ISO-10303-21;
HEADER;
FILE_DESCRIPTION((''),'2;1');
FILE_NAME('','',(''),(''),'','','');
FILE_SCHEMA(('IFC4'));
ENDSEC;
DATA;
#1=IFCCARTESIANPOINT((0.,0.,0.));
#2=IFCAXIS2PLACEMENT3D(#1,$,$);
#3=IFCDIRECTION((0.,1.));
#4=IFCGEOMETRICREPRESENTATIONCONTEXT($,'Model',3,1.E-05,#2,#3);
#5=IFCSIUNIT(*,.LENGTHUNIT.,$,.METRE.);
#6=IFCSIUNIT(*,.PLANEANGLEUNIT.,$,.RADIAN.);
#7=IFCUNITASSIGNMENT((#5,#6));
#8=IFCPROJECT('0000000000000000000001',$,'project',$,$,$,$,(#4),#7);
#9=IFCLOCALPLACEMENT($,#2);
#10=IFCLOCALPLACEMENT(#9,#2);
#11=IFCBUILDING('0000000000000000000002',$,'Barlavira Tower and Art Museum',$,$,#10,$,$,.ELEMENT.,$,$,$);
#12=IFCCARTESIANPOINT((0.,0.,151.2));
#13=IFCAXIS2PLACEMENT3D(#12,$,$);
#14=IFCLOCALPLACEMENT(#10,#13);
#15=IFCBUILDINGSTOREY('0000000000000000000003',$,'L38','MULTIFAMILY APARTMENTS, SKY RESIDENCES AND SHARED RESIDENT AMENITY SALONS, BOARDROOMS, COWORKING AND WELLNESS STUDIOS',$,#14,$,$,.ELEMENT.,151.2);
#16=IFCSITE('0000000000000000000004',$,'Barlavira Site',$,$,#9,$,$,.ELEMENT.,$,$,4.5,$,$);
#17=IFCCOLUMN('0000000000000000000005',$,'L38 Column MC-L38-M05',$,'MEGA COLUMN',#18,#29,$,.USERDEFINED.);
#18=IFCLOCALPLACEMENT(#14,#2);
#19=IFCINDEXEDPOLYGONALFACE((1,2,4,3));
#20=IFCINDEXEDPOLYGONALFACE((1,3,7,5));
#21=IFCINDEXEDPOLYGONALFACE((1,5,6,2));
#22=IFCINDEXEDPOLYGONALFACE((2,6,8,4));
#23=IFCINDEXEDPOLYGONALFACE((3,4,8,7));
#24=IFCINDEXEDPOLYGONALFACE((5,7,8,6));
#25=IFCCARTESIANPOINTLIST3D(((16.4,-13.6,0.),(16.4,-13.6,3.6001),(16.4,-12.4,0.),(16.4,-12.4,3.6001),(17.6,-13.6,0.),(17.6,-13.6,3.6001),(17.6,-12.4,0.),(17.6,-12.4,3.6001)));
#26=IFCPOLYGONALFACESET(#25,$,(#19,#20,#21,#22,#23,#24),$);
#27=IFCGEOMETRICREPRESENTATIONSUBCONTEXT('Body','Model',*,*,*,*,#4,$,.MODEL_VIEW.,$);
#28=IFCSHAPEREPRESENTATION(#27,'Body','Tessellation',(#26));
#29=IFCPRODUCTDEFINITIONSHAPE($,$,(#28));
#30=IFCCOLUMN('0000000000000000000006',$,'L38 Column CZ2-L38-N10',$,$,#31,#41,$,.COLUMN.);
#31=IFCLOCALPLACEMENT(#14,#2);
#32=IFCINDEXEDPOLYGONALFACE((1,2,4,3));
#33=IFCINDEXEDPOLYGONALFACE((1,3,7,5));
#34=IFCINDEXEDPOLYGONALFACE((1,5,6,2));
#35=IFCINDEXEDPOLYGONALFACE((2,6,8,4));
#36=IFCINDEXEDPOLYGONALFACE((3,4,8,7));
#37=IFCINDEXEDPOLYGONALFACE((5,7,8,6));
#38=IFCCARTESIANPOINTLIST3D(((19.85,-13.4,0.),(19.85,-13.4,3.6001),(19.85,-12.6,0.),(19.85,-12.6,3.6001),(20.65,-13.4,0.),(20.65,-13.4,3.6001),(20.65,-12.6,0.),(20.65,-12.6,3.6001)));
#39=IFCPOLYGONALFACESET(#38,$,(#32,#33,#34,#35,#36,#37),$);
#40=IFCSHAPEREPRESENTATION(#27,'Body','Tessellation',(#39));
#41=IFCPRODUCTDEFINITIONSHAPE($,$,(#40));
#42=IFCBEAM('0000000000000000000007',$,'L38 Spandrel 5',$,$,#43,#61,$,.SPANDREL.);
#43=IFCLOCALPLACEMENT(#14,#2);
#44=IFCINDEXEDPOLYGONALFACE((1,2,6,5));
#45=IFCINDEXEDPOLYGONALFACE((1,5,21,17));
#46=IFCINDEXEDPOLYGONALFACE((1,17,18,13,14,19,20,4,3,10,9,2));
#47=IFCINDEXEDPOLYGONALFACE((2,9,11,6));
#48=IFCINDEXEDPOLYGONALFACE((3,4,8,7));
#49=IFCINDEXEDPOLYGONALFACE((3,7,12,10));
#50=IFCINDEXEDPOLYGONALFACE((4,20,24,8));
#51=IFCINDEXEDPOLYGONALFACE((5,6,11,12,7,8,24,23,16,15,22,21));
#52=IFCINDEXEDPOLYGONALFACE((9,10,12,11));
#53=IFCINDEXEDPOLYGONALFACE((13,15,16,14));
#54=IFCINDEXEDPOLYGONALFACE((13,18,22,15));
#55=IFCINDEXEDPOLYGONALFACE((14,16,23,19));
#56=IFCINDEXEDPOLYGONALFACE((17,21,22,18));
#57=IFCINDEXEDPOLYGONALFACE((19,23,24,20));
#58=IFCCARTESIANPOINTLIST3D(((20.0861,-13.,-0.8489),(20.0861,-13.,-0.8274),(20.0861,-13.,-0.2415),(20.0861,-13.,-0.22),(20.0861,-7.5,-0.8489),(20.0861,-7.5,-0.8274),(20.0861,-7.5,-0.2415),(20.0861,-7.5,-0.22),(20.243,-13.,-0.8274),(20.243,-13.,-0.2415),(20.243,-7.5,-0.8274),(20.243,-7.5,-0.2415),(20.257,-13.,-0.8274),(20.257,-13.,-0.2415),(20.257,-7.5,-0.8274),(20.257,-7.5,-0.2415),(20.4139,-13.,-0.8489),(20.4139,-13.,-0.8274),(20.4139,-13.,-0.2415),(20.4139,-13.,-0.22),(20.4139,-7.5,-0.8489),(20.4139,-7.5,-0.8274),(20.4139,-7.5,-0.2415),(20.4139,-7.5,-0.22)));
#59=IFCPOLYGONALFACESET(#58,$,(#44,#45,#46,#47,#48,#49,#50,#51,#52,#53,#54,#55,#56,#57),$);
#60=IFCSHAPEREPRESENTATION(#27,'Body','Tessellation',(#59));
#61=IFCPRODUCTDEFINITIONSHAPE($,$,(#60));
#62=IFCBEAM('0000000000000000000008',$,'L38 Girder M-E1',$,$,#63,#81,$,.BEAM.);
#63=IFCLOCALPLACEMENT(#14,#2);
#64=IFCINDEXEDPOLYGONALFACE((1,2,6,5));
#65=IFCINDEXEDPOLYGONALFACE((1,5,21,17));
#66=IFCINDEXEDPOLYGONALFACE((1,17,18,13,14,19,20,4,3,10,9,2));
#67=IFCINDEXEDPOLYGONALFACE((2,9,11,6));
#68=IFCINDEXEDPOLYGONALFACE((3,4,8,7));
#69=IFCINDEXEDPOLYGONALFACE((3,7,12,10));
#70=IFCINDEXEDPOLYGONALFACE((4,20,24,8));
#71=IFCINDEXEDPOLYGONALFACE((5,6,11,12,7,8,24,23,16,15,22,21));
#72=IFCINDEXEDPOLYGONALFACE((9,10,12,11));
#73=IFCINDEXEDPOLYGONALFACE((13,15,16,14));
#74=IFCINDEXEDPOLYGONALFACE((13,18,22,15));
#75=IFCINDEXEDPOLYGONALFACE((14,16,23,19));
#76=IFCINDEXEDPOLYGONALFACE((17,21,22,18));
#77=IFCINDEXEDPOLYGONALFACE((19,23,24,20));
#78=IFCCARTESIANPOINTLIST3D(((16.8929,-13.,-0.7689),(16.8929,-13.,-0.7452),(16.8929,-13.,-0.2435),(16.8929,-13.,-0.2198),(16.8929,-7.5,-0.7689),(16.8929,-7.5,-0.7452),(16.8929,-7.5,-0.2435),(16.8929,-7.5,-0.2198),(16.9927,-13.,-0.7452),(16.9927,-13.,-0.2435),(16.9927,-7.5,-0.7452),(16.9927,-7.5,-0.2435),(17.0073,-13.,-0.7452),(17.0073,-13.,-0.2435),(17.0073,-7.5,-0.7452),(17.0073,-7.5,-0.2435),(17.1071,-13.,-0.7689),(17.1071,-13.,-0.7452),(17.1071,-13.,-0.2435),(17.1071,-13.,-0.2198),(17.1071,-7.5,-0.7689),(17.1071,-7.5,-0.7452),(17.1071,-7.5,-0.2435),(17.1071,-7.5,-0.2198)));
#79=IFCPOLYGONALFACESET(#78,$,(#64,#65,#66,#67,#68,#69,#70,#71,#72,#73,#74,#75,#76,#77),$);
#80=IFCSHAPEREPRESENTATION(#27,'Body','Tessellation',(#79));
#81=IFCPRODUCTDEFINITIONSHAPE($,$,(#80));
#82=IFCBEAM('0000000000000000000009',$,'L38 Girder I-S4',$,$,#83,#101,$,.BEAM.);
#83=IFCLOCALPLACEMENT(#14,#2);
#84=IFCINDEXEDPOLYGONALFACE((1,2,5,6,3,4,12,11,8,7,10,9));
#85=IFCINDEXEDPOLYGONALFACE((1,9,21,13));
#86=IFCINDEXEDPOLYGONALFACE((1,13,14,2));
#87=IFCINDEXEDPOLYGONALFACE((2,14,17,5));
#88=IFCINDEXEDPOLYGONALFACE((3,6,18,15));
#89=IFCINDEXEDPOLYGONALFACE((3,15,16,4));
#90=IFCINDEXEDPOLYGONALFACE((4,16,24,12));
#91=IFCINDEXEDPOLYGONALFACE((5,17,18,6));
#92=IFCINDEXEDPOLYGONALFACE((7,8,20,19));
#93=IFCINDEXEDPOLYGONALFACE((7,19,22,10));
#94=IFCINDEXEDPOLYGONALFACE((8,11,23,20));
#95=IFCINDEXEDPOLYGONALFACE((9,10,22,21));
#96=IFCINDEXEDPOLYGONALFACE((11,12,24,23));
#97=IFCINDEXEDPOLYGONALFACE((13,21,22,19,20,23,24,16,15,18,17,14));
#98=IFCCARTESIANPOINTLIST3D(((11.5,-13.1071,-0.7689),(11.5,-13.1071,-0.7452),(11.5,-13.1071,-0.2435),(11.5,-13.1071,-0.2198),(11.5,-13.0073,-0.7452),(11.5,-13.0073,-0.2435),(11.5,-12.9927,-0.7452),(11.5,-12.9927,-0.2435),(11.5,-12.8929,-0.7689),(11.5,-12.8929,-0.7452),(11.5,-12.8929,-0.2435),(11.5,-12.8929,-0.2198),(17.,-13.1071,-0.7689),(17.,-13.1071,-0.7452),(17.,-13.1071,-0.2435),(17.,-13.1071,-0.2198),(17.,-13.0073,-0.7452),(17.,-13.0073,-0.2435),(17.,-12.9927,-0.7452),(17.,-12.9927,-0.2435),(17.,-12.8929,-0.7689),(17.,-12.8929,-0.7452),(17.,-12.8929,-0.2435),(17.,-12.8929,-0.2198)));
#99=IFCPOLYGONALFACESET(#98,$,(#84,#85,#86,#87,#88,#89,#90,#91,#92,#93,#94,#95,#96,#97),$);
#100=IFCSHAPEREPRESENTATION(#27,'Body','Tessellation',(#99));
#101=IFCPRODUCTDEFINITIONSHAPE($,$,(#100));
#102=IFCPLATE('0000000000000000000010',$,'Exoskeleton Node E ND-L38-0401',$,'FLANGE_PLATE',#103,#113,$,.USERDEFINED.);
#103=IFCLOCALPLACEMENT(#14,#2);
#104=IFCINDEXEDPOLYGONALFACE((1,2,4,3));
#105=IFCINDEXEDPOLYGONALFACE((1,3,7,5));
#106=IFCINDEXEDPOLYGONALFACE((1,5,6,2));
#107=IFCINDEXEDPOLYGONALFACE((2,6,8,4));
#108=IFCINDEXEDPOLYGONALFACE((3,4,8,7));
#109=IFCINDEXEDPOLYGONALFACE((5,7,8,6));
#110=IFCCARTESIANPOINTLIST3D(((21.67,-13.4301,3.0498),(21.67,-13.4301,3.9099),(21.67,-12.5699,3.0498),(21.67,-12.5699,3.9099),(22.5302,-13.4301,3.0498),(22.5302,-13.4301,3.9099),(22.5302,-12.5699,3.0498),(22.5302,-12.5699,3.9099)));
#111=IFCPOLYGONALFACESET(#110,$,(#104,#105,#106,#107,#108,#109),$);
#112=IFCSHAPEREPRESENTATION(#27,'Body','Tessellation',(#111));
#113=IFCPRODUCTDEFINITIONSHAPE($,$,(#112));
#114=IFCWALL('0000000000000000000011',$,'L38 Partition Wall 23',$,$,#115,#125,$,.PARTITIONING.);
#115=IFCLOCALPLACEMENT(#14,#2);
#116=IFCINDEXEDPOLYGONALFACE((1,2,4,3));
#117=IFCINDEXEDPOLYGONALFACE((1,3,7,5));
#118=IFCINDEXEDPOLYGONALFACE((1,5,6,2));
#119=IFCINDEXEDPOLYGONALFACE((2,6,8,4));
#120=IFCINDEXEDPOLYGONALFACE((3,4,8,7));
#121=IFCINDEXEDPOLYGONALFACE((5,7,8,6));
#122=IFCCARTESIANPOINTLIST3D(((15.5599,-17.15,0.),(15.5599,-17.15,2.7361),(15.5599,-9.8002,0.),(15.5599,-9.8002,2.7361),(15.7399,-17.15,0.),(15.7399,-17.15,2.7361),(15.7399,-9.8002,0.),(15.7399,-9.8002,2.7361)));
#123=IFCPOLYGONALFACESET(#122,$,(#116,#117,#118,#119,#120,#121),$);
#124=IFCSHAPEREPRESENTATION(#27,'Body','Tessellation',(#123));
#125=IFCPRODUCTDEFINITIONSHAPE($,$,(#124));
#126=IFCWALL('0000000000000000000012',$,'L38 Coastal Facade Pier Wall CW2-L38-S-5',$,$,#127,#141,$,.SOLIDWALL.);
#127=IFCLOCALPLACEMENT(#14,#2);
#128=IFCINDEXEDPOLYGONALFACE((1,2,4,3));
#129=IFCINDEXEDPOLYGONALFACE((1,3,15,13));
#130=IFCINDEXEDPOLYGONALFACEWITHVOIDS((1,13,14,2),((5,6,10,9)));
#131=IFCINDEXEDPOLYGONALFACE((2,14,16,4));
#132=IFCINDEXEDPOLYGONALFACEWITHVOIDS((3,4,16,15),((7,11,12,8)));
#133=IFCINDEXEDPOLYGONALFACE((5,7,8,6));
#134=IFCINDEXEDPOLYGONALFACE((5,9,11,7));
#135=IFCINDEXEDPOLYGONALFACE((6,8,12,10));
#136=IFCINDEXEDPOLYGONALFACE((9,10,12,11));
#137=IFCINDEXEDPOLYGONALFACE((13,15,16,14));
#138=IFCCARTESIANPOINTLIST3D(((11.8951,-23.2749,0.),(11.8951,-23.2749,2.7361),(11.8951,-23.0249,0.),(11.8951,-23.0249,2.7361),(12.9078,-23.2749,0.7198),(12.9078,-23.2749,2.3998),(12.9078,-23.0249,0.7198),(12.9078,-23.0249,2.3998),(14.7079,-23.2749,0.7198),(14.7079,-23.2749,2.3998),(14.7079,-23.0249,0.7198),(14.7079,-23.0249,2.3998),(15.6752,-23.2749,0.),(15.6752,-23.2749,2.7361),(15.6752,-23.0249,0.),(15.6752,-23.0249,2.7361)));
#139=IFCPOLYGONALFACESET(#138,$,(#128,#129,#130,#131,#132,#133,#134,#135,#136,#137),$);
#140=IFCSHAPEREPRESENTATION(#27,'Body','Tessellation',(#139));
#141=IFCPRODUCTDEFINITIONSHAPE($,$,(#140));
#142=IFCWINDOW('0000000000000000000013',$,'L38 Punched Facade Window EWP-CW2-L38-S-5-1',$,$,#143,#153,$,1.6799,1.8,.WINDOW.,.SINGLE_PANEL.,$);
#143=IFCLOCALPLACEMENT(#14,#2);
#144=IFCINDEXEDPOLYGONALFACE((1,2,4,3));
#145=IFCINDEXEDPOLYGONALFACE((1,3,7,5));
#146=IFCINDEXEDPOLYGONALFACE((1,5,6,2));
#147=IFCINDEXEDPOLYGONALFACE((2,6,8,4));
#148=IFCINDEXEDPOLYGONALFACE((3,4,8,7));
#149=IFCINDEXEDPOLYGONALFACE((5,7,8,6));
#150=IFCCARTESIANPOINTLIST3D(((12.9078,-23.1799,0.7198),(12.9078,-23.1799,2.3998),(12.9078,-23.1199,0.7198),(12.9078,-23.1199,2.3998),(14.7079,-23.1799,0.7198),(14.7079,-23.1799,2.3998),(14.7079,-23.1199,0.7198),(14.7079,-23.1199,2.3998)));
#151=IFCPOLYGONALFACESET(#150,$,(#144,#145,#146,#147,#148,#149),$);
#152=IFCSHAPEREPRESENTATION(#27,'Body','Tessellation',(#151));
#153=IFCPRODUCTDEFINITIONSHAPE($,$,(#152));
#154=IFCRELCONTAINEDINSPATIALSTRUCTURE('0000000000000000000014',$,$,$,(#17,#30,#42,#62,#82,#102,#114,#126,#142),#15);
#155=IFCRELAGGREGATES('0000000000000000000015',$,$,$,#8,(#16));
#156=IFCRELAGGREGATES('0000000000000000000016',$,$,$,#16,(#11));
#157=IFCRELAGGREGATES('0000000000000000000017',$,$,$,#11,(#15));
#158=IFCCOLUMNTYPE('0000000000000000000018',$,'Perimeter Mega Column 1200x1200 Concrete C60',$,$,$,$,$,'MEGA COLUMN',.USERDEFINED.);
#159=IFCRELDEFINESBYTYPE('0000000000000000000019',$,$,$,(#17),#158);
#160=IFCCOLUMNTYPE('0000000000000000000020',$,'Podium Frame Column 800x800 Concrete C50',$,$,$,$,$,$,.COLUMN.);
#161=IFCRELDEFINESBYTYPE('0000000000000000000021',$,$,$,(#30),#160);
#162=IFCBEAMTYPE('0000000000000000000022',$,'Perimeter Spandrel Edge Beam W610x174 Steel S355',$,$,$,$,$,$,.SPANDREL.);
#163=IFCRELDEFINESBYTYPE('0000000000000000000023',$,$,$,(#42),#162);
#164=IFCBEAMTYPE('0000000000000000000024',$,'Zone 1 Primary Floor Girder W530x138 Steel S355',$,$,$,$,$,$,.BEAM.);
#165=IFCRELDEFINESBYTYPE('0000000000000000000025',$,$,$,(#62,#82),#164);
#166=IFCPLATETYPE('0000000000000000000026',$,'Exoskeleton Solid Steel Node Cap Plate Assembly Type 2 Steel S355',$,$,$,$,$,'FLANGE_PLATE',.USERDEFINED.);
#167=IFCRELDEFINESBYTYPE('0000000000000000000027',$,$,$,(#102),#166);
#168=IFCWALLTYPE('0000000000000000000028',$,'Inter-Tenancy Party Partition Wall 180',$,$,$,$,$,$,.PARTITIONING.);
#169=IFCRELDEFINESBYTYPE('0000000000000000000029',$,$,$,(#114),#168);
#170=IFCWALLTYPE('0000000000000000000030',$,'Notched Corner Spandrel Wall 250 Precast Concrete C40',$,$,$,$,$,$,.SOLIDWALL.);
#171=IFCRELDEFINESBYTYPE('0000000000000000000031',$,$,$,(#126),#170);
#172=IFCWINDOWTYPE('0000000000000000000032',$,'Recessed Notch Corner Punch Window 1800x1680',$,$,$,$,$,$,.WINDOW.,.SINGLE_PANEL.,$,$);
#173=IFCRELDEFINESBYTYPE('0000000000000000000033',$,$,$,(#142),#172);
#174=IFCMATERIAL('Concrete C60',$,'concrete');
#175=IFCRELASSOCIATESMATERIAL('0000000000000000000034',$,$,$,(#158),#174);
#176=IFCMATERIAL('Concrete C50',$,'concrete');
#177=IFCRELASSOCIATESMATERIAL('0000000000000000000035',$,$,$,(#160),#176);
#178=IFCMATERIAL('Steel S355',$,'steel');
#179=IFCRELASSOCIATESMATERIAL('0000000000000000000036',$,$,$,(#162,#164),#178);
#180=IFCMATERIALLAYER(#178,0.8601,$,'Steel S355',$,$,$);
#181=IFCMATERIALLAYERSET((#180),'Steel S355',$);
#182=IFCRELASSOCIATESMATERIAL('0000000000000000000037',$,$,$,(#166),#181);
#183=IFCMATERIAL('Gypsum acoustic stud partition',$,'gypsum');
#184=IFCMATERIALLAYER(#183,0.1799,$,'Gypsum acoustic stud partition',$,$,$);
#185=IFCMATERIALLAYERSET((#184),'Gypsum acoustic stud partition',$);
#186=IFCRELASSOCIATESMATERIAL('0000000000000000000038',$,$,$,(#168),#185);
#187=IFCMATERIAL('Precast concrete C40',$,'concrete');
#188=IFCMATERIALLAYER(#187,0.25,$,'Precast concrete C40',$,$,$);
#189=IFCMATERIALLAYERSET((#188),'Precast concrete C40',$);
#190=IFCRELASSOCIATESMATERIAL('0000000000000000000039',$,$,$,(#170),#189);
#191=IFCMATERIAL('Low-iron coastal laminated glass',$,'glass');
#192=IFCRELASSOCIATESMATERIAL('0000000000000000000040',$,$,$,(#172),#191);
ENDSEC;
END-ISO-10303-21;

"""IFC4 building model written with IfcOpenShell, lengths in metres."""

from ifc_helpers import new_model, si_unit, direction, frame, frame_2d, origin, origin_2d, place, context, subcontext, project, spatial, rectangle, i_section, extrude, material, layer, layer_set, material_profile, profile_set, type_object, element, fill, save


model = new_model("IFC4")

# Units and contexts
model_context = context("Model", 3, precision=1e-05, world=origin(), true_north=direction((0.0, 1.0)))
body_context = subcontext(model_context, "Body", "Model", "MODEL_VIEW")
ifc_project = project(units=[si_unit("LENGTHUNIT", "METRE"), si_unit("PLANEANGLEUNIT", "RADIAN")], contexts=[model_context])

# Site, building, storey
site_placement = place(None, origin())
site = spatial("IfcSite", under=ifc_project, at=site_placement, Name="Barlavira Site", CompositionType="ELEMENT", RefElevation=4.5)
building_placement = place(site_placement, origin())
building = spatial("IfcBuilding", under=site, at=building_placement, Name="Barlavira Tower and Art Museum", CompositionType="ELEMENT")
storey_placement = place(building_placement, frame((0.0, 0.0, 151.2)))
storey = spatial("IfcBuildingStorey", under=building, at=storey_placement, Name="L38", Description="MULTIFAMILY APARTMENTS, SKY RESIDENCES AND SHARED RESIDENT AMENITY SALONS, BOARDROOMS, COWORKING AND WELLNESS STUDIOS", CompositionType="ELEMENT", Elevation=151.2)

# Columns
ifc_material_1 = material(Name="Concrete C60", Category="concrete")
ifc_material_profile_1 = material_profile(ifc_material_1, rectangle(XDim=1.2, YDim=1.2, at=origin_2d()), Name="RC-COL 1200x1200")
ifc_profile_set_1 = profile_set([ifc_material_profile_1], Name="Concrete C60")
column_type_1 = type_object("IfcColumnType", Name="Perimeter Mega Column 1200x1200 Concrete C60", ElementType="MEGA COLUMN", PredefinedType="USERDEFINED", material=ifc_profile_set_1)
column_1_placement = place(storey_placement, frame((17.0, -13.0, 0.0), z_axis=(0.0, 0.0, 1.0), x_axis=(1.0, 0.0, 0.0)))
element("IfcColumn", 1, at=column_1_placement, inside=storey, type_object=column_type_1, Name="L38 Column MC-L38-M05", ObjectType="MEGA COLUMN", PredefinedType="USERDEFINED", context=body_context, shape_type="SweptSolid", body=[
    extrude(rectangle(XDim=1.2, YDim=1.2, at=origin_2d()), origin(), (0.0, 0.0, 1.0), 3.6001),
])
ifc_material_2 = material(Name="Concrete C50", Category="concrete")
ifc_material_profile_2 = material_profile(ifc_material_2, rectangle(XDim=0.8, YDim=0.8, at=origin_2d()), Name="RC-COL 800x800")
ifc_profile_set_2 = profile_set([ifc_material_profile_2], Name="Concrete C50")
column_type_2 = type_object("IfcColumnType", Name="Podium Frame Column 800x800 Concrete C50", PredefinedType="COLUMN", material=ifc_profile_set_2)
column_2_placement = place(storey_placement, frame((20.25, -13.0, 0.0), z_axis=(0.0, 0.0, 1.0), x_axis=(1.0, 0.0, 0.0)))
element("IfcColumn", 2, at=column_2_placement, inside=storey, type_object=column_type_2, Name="L38 Column CZ2-L38-N10", PredefinedType="COLUMN", context=body_context, shape_type="SweptSolid", body=[
    extrude(rectangle(XDim=0.8, YDim=0.8, at=origin_2d()), origin(), (0.0, 0.0, 1.0), 3.6001),
])

# Beams
ifc_material_3 = material(Name="Steel S355", Category="steel")
ifc_material_profile_3 = material_profile(ifc_material_3, i_section(OverallWidth=0.3279, OverallDepth=0.6289, WebThickness=0.0139, FlangeThickness=0.0215, at=origin_2d()), Name="W610x174.0")
ifc_profile_set_3 = profile_set([ifc_material_profile_3], Name="Steel S355")
beam_type_1 = type_object("IfcBeamType", Name="Perimeter Spandrel Edge Beam W610x174 Steel S355", PredefinedType="SPANDREL", material=ifc_profile_set_3)
beam_placement = place(storey_placement, frame((20.25, -13.0, -0.5344), z_axis=(0.0, 1.0, 0.0), x_axis=(-1.0, 0.0, 0.0)))
element("IfcBeam", 3, at=beam_placement, inside=storey, type_object=beam_type_1, Name="L38 Spandrel 5", PredefinedType="SPANDREL", context=body_context, shape_type="SweptSolid", body=[
    extrude(i_section(OverallWidth=0.3279, OverallDepth=0.6289, WebThickness=0.0139, FlangeThickness=0.0215, at=origin_2d()), origin(), (0.0, 0.0, 1.0), 5.5),
])
ifc_material_profile_4 = material_profile(ifc_material_3, i_section(OverallWidth=0.2141, OverallDepth=0.5491, WebThickness=0.0146, FlangeThickness=0.0237, at=origin_2d()), Name="W530x138.0")
ifc_profile_set_4 = profile_set([ifc_material_profile_4], Name="Steel S355")
beam_type_2 = type_object("IfcBeamType", Name="Zone 1 Primary Floor Girder W530x138 Steel S355", PredefinedType="BEAM", material=ifc_profile_set_4)
for number, where, z_axis, x_axis, name in (
    (4, (17.0, -13.0, -0.4944), (0.0, 1.0, 0.0), (-1.0, 0.0, 0.0), "L38 Girder M-E1"),
    (5, (11.5, -13.0, -0.4944), (1.0, 0.0, 0.0), (0.0, 1.0, 0.0), "L38 Girder I-S4"),
):
    element("IfcBeam", number, at=place(storey_placement, frame(where, z_axis=z_axis, x_axis=x_axis)), inside=storey, type_object=beam_type_2, Name=name, PredefinedType="BEAM", context=body_context, shape_type="SweptSolid", body=[
        extrude(i_section(OverallWidth=0.2141, OverallDepth=0.5491, WebThickness=0.0146, FlangeThickness=0.0237, at=origin_2d()), origin(), (0.0, 0.0, 1.0), 5.5),
    ])

# Plate
ifc_layer_1 = layer(ifc_material_3, 0.8601, Name="Steel S355")
ifc_layer_set_1 = layer_set([ifc_layer_1], Name="Steel S355")
plate_type = type_object("IfcPlateType", Name="Exoskeleton Solid Steel Node Cap Plate Assembly Type 2 Steel S355", ElementType="FLANGE_PLATE", PredefinedType="USERDEFINED", material=ifc_layer_set_1)
plate_placement = place(storey_placement, frame((22.1001, -13.0, 3.0498), z_axis=(0.0, 0.0, 1.0), x_axis=(1.0, 0.0, 0.0)))
element("IfcPlate", 6, at=plate_placement, inside=storey, type_object=plate_type, Name="Exoskeleton Node E ND-L38-0401", ObjectType="FLANGE_PLATE", PredefinedType="USERDEFINED", context=body_context, shape_type="SweptSolid", body=[
    extrude(rectangle(XDim=0.8601, YDim=0.8601, at=origin_2d()), origin(), (0.0, 0.0, 1.0), 0.8601),
])

# Wall
ifc_material_4 = material(Name="Gypsum acoustic stud partition", Category="gypsum")
ifc_layer_2 = layer(ifc_material_4, 0.1799, Name="Gypsum acoustic stud partition")
ifc_layer_set_2 = layer_set([ifc_layer_2], Name="Gypsum acoustic stud partition")
wall_type_1 = type_object("IfcWallType", Name="Inter-Tenancy Party Partition Wall 180", PredefinedType="PARTITIONING", material=ifc_layer_set_2)
wall_1_placement = place(storey_placement, frame((15.6499, -17.1499, 0.0), z_axis=(0.0, 0.0, 1.0), x_axis=(0.0, 1.0, 0.0)))
element("IfcWall", 7, at=wall_1_placement, inside=storey, type_object=wall_type_1, Name="L38 Partition Wall 23", PredefinedType="PARTITIONING", context=body_context, shape_type="SweptSolid", body=[
    extrude(rectangle(XDim=7.3499, YDim=0.1799, at=frame_2d((3.6748, 0.0))), origin(), (0.0, 0.0, 1.0), 2.7361),
])

# Wall, opening, window
ifc_material_5 = material(Name="Precast concrete C40", Category="concrete")
ifc_layer_3 = layer(ifc_material_5, 0.25, Name="Precast concrete C40")
ifc_layer_set_3 = layer_set([ifc_layer_3], Name="Precast concrete C40")
wall_type_2 = type_object("IfcWallType", Name="Notched Corner Spandrel Wall 250 Precast Concrete C40", PredefinedType="SOLIDWALL", material=ifc_layer_set_3)
wall_2_placement = place(storey_placement, frame((11.895, -23.1499, 0.0), z_axis=(0.0, 0.0, 1.0), x_axis=(1.0, 0.0, 0.0)))
wall_2 = element("IfcWall", 8, at=wall_2_placement, inside=storey, type_object=wall_type_2, Name="L38 Coastal Facade Pier Wall CW2-L38-S-5", PredefinedType="SOLIDWALL", context=body_context, shape_type="SweptSolid", body=[
    extrude(rectangle(XDim=3.78, YDim=0.25, at=frame_2d((1.8901, 0.0))), origin(), (0.0, 0.0, 1.0), 2.7361),
])
opening_1_placement = place(wall_2_placement, frame((1.0129, 0.0, 0.72)))
opening_1 = element("IfcOpeningElement", 9, at=opening_1_placement, cuts=wall_2, PredefinedType="OPENING", context=body_context, shape_type="SweptSolid", body=[
    extrude(rectangle(XDim=1.8, YDim=1.6799, at=frame_2d((0.8999, 0.8398))), frame((0.0, 0.135, 0.0), z_axis=(0.0, -1.0, 0.0), x_axis=(1.0, 0.0, 0.0)), (0.0, 0.0, 1.0), 0.27),
])
ifc_material_6 = material(Name="Low-iron coastal laminated glass", Category="glass")
window_type = type_object("IfcWindowType", Name="Recessed Notch Corner Punch Window 1800x1680", PartitioningType="SINGLE_PANEL", PredefinedType="WINDOW", material=ifc_material_6)
window_1_placement = place(opening_1_placement, origin())
window_1 = element("IfcWindow", 10, at=window_1_placement, inside=storey, type_object=window_type, Name="L38 Punched Facade Window EWP-CW2-L38-S-5-1", OverallHeight=1.6799, OverallWidth=1.8, PartitioningType="SINGLE_PANEL", PredefinedType="WINDOW", context=body_context, shape_type="SweptSolid", body=[
    extrude(rectangle(XDim=1.8, YDim=1.6799, at=frame_2d((0.8999, 0.8398))), frame((0.0, 0.03, 0.0), z_axis=(0.0, -1.0, 0.0), x_axis=(1.0, 0.0, 0.0)), (0.0, 0.0, 1.0), 0.0601),
])
fill(opening_1, window_1)

save(model, "model.ifc")
